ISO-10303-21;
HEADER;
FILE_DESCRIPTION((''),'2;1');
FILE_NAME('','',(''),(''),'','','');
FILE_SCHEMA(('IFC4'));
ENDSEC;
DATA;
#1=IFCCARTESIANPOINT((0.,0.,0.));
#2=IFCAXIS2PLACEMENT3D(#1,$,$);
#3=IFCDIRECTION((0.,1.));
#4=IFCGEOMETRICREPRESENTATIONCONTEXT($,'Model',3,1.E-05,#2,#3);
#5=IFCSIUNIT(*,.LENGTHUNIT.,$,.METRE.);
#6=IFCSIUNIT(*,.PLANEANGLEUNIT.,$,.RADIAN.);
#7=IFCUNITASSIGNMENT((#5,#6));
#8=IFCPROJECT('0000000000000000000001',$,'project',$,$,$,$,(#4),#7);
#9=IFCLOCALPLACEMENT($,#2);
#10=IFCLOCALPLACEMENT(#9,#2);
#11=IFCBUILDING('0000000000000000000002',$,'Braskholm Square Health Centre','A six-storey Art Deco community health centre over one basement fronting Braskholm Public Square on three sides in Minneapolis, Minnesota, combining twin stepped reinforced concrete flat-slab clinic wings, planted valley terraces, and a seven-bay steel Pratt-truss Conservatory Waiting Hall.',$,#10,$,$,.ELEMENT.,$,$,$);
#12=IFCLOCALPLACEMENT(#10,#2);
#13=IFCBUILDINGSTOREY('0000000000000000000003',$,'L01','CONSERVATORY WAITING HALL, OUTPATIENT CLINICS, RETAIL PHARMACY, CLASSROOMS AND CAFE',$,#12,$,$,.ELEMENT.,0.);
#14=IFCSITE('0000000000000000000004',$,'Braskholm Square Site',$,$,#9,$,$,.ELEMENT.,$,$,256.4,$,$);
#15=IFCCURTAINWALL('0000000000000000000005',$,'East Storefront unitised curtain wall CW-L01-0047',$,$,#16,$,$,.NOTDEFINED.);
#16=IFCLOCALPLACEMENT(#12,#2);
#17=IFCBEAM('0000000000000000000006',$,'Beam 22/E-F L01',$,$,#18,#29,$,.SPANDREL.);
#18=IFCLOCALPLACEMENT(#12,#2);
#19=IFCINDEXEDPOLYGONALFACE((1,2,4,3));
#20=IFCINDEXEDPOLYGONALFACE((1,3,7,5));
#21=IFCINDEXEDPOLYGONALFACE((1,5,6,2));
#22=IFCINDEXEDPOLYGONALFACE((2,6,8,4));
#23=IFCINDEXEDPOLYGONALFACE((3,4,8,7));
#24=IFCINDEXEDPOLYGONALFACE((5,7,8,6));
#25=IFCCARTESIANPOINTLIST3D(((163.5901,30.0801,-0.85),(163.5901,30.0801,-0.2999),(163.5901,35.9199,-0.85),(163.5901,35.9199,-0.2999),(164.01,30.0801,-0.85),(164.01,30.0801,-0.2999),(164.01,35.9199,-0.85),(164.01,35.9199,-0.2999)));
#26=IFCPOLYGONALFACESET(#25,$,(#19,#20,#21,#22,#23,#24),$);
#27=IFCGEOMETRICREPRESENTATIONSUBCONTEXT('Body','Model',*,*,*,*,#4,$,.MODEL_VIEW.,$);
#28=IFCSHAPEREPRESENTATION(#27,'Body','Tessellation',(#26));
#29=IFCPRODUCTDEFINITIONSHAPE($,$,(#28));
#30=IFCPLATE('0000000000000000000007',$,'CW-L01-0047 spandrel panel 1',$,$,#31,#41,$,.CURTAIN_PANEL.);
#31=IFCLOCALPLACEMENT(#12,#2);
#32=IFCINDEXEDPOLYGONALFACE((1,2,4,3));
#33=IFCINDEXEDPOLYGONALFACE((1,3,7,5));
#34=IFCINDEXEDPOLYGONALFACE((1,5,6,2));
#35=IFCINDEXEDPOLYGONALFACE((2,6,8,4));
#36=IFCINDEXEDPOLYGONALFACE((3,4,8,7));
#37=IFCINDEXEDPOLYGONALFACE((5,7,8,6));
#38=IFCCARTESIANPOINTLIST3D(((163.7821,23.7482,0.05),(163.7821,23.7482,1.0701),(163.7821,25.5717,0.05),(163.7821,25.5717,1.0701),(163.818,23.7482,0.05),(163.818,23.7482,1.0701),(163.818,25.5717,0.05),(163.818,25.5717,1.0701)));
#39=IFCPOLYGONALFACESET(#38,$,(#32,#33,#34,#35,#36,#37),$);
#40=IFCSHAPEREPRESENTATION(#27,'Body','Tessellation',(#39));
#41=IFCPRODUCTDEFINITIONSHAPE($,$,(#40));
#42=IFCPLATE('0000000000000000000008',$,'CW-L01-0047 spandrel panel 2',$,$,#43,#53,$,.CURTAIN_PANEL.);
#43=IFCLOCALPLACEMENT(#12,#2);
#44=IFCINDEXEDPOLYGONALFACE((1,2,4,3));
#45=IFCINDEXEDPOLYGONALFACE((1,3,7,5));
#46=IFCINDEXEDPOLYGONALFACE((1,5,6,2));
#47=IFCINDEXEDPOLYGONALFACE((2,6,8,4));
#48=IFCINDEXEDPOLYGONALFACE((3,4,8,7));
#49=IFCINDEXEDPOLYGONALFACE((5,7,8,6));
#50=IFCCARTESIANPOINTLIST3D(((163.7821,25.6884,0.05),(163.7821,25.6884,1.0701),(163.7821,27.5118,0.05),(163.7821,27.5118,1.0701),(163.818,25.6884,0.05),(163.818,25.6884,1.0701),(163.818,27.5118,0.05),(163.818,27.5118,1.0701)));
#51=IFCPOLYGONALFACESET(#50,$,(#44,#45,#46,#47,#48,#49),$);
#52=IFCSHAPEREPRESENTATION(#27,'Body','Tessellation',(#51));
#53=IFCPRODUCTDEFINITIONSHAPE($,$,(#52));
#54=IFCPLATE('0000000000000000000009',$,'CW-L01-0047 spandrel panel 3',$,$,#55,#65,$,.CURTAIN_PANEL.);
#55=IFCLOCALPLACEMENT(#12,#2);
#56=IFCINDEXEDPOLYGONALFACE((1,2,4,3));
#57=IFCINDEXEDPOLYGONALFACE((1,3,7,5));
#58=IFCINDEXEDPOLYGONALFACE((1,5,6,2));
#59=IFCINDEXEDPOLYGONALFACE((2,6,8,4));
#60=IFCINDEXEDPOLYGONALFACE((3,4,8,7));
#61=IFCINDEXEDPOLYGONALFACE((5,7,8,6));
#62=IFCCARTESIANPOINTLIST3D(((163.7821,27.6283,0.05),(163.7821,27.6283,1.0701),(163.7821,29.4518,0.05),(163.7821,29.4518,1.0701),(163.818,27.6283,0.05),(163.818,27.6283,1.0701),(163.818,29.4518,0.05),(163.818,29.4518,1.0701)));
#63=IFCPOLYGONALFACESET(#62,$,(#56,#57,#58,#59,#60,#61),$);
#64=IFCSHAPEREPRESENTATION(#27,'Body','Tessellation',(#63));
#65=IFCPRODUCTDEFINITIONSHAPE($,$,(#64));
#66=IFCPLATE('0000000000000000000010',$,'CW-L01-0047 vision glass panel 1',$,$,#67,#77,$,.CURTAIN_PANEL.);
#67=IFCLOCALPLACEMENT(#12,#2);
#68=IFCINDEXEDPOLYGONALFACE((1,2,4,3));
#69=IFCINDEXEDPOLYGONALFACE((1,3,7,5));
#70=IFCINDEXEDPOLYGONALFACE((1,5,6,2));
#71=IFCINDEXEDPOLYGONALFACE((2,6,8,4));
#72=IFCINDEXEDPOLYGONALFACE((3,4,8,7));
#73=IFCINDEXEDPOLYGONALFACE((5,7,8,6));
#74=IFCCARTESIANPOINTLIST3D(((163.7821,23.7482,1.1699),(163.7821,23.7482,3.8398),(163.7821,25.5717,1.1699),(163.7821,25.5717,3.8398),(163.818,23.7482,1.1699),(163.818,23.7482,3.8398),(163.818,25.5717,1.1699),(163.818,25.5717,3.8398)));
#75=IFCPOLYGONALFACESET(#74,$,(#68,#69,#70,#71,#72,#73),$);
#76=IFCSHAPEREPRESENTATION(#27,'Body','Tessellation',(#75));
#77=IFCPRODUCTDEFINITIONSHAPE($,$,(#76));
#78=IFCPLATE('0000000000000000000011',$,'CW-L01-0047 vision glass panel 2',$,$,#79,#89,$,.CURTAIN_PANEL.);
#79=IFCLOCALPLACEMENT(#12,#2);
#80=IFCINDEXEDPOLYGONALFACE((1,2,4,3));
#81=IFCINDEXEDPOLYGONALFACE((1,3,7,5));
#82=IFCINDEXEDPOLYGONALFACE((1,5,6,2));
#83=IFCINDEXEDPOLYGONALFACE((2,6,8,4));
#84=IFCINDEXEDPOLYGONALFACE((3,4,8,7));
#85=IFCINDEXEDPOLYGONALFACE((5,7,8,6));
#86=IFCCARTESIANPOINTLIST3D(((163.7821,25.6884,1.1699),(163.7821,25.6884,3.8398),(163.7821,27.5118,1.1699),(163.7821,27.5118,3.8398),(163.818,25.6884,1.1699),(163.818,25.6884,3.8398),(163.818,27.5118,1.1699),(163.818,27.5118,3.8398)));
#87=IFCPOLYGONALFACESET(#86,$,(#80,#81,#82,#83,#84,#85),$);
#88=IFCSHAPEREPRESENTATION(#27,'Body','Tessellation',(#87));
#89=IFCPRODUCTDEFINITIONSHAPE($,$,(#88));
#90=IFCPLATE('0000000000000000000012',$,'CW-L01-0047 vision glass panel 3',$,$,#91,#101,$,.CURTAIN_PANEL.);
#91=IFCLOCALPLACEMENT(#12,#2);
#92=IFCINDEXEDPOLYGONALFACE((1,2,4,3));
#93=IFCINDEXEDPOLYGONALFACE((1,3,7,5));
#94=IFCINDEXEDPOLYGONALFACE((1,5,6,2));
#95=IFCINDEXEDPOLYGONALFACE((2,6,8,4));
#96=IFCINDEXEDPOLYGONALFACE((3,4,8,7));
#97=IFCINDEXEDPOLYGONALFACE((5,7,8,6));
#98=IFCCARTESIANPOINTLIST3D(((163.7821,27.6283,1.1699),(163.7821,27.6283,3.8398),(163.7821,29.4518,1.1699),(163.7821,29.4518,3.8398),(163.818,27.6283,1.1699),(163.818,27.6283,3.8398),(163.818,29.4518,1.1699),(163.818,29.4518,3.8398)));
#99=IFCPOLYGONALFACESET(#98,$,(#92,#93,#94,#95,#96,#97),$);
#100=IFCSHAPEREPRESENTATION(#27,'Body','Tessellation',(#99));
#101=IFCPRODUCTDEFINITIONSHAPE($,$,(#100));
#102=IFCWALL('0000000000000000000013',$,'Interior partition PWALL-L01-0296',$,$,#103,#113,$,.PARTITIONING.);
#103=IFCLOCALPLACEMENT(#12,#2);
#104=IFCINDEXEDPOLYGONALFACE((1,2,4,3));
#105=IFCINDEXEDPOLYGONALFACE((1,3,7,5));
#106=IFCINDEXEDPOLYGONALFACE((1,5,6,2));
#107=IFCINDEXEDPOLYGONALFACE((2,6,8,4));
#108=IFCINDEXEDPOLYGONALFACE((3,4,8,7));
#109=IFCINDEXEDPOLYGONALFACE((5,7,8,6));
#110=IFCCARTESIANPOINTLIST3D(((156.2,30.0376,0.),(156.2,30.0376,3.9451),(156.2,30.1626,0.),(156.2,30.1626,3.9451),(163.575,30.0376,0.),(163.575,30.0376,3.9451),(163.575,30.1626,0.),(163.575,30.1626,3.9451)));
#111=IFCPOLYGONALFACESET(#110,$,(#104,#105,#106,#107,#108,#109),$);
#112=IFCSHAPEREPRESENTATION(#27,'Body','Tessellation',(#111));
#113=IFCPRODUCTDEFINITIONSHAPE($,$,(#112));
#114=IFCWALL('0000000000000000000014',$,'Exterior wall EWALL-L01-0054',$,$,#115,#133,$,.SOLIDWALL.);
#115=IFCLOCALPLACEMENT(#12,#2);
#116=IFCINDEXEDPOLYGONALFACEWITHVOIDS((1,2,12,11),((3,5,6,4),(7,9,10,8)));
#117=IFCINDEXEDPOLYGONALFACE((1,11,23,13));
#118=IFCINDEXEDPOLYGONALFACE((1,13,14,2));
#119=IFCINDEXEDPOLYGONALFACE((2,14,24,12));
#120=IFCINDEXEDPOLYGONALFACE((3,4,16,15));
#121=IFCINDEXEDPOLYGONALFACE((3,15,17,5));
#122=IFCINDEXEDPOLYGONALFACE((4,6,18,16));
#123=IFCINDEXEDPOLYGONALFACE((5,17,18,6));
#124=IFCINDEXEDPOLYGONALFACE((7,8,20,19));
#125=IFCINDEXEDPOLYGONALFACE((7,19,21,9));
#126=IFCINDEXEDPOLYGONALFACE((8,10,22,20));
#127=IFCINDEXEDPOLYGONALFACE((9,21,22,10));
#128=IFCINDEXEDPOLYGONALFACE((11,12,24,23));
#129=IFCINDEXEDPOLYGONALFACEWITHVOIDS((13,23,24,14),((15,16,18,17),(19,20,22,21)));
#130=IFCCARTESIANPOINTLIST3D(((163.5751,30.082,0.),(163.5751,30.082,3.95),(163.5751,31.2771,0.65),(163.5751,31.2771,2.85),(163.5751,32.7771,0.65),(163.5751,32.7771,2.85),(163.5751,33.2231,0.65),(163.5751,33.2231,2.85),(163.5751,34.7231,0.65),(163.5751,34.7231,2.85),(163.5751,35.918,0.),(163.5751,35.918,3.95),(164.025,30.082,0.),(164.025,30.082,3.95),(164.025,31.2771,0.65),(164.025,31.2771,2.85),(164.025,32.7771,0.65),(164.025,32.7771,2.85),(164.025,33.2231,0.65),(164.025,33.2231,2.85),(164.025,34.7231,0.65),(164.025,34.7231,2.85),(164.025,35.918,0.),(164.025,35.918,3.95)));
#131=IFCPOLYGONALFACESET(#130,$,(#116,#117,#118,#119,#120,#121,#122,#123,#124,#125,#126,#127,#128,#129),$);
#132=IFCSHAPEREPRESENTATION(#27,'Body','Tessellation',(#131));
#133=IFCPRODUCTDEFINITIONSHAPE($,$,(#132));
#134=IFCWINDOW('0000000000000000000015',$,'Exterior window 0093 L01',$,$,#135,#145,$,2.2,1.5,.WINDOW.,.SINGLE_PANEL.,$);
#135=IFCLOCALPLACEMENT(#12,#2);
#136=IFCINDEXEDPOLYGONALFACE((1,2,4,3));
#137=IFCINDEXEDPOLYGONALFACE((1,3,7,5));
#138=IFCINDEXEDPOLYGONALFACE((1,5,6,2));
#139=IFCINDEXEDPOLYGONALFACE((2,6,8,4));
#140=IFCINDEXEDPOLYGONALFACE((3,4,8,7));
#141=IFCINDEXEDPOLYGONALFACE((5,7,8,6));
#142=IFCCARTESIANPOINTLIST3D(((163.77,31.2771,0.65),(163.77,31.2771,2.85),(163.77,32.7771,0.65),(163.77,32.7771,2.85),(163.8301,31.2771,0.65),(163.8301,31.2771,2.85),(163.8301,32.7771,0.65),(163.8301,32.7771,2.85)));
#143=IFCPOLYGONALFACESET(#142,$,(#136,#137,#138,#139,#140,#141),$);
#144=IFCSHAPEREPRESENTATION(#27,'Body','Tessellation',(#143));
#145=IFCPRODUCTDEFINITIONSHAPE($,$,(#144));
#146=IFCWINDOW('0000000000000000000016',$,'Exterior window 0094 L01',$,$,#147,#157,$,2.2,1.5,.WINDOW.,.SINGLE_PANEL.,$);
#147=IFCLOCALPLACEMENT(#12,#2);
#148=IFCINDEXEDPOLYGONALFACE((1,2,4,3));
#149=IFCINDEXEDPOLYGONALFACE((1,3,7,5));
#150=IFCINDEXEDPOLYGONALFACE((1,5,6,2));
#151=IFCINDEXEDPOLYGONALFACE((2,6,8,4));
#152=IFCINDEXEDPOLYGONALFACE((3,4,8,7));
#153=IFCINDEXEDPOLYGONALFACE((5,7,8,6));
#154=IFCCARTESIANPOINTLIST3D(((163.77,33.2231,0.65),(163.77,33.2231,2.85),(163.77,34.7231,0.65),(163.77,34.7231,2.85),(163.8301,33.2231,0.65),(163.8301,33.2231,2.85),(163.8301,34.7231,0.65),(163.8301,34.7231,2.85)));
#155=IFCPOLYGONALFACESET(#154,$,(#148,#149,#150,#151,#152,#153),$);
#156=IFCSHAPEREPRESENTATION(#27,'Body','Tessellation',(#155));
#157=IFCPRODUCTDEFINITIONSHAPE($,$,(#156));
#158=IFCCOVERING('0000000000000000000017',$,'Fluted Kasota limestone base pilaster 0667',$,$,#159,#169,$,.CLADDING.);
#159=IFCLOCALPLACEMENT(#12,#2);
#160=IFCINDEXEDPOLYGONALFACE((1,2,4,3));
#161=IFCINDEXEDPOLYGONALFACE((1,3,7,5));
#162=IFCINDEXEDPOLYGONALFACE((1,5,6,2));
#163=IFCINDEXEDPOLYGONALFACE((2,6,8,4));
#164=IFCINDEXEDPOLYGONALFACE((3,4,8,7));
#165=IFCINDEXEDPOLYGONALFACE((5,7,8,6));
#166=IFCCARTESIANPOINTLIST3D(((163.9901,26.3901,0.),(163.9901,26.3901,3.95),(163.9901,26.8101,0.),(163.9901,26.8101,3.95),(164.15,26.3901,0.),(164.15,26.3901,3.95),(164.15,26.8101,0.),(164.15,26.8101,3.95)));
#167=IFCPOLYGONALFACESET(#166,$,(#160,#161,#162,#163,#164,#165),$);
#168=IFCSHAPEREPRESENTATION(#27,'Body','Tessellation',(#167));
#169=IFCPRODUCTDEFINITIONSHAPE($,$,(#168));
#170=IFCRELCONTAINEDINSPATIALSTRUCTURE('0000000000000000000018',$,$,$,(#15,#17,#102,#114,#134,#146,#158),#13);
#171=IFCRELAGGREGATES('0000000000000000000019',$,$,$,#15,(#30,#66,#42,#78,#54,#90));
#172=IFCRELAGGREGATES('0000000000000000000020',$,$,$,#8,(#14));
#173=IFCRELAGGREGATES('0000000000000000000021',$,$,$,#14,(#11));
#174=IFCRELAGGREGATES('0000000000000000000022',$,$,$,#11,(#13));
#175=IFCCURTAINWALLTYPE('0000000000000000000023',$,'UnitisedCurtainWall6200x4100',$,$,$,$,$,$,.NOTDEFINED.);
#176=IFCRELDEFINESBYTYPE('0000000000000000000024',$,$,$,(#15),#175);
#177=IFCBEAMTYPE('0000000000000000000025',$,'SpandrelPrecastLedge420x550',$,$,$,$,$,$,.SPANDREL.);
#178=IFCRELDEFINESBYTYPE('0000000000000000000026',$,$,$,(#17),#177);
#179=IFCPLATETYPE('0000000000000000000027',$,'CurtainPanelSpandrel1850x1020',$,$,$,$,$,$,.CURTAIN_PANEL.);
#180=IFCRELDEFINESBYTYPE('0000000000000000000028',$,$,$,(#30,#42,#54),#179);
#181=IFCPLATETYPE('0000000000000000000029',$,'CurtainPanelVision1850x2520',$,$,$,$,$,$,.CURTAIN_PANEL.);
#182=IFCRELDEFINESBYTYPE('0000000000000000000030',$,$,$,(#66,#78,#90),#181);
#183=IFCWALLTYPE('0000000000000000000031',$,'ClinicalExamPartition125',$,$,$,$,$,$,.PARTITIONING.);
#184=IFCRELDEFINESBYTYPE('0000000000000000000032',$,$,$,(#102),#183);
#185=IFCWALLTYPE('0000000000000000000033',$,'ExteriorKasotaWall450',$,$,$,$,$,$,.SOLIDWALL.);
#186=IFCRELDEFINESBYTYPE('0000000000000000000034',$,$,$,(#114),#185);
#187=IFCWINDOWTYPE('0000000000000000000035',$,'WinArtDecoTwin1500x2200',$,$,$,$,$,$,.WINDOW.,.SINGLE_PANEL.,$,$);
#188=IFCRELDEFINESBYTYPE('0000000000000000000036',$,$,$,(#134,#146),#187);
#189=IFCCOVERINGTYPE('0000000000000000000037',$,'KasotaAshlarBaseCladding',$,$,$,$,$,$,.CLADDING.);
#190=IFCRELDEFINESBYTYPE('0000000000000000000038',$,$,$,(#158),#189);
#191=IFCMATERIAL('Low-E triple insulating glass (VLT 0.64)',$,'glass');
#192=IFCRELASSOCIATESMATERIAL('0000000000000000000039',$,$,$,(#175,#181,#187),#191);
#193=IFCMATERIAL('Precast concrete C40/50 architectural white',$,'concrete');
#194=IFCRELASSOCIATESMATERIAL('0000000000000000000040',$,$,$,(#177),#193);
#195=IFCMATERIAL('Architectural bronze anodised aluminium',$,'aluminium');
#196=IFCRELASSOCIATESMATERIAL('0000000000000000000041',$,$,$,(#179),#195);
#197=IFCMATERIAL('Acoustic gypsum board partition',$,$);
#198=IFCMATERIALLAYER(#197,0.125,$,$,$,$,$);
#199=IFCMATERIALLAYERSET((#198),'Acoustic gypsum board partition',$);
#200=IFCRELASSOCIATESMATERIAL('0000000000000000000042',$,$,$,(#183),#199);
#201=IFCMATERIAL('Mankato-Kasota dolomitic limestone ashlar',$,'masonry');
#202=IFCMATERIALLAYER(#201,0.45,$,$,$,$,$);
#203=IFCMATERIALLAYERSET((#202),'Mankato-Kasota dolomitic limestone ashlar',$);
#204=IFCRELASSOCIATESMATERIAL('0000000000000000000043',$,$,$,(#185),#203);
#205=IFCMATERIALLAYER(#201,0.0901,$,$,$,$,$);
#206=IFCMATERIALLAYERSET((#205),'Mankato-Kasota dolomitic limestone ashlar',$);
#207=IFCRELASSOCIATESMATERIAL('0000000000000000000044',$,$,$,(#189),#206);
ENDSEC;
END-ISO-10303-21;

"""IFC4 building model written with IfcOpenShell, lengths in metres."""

from ifc_helpers import new_model, si_unit, direction, frame, frame_2d, origin, origin_with_axes, origin_2d, place, context, subcontext, project, spatial, rectangle, extrude, material, layer, layer_set, material_profile, profile_set, type_object, element, fill, aggregate, save


model = new_model("IFC4")

# Units and contexts
model_context = context("Model", 3, precision=1e-05, world=origin(), true_north=direction((0.0, 1.0)))
body_context = subcontext(model_context, "Body", "Model", "MODEL_VIEW")
ifc_project = project(units=[si_unit("LENGTHUNIT", "METRE"), si_unit("PLANEANGLEUNIT", "RADIAN")], contexts=[model_context])

# Site, building, storey
site_placement = place(None, origin())
site = spatial("IfcSite", under=ifc_project, at=site_placement, Name="Braskholm Square Site", CompositionType="ELEMENT", RefElevation=256.4)
building_placement = place(site_placement, origin())
building = spatial("IfcBuilding", under=site, at=building_placement, Name="Braskholm Square Health Centre", Description="A six-storey Art Deco community health centre over one basement fronting Braskholm Public Square on three sides in Minneapolis, Minnesota, combining twin stepped reinforced concrete flat-slab clinic wings, planted valley terraces, and a seven-bay steel Pratt-truss Conservatory Waiting Hall.", CompositionType="ELEMENT")
storey_placement = place(building_placement, origin())
storey = spatial("IfcBuildingStorey", under=building, at=storey_placement, Name="L01", Description="CONSERVATORY WAITING HALL, OUTPATIENT CLINICS, RETAIL PHARMACY, CLASSROOMS AND CAFE", CompositionType="ELEMENT", Elevation=0.0)

# Shared definitions
ifc_material_1 = material(Name="Precast concrete C40/50 architectural white", Category="concrete")

# Curtain wall
ifc_material_2 = material(Name="Low-E triple insulating glass (VLT 0.64)", Category="glass")
curtain_wall_type = type_object("IfcCurtainWallType", Name="UnitisedCurtainWall6200x4100", PredefinedType="NOTDEFINED", material=ifc_material_2)
curtain_wall_placement = place(storey_placement, origin())
curtain_wall = element("IfcCurtainWall", 1, at=curtain_wall_placement, inside=storey, type_object=curtain_wall_type, Name="East Storefront unitised curtain wall CW-L01-0047", PredefinedType="NOTDEFINED")
ifc_material_3 = material(Name="Architectural bronze anodised aluminium", Category="aluminium")

# Beam
ifc_material_profile_1 = material_profile(ifc_material_1, rectangle(XDim=0.4199, YDim=0.55, at=origin_2d()), Name="RCB-420X550")
ifc_profile_set_1 = profile_set([ifc_material_profile_1], Name="Precast concrete C40/50 architectural white")
beam_type_1 = type_object("IfcBeamType", Name="SpandrelPrecastLedge420x550", PredefinedType="SPANDREL", material=ifc_profile_set_1)
beam_1_placement = place(storey_placement, frame((163.8, 30.0801, -0.575), z_axis=(0.0, 1.0, 0.0), x_axis=(-1.0, 0.0, 0.0)))
element("IfcBeam", 2, at=beam_1_placement, inside=storey, type_object=beam_type_1, Name="Beam 22/E-F L01", PredefinedType="SPANDREL", context=body_context, shape_type="SweptSolid", body=[
    extrude(rectangle(XDim=0.4199, YDim=0.55, at=origin_2d()), origin(), (0.0, 0.0, 1.0), 5.8398),
])

# Plates
plate_type_1 = type_object("IfcPlateType", Name="CurtainPanelSpandrel1850x1020", PredefinedType="CURTAIN_PANEL", material=ifc_material_3)
plate_1_placement = place(storey_placement, frame((163.8, 24.6599, 0.05), z_axis=(0.0, 0.0, 1.0), x_axis=(0.0, 1.0, 0.0)))
plate_1 = element("IfcPlate", 3, at=plate_1_placement, type_object=plate_type_1, Name="CW-L01-0047 spandrel panel 1", PredefinedType="CURTAIN_PANEL", context=body_context, shape_type="SweptSolid", body=[
    extrude(rectangle(XDim=1.8235, YDim=0.0359, at=origin_2d()), origin(), (0.0, 0.0, 1.0), 1.02),
])
plate_2_placement = place(storey_placement, frame((163.8, 26.6001, 0.05), z_axis=(0.0, 0.0, 1.0), x_axis=(0.0, 1.0, 0.0)))
plate_2 = element("IfcPlate", 4, at=plate_2_placement, type_object=plate_type_1, Name="CW-L01-0047 spandrel panel 2", PredefinedType="CURTAIN_PANEL", context=body_context, shape_type="SweptSolid", body=[
    extrude(rectangle(XDim=1.8235, YDim=0.0359, at=origin_2d()), origin(), (0.0, 0.0, 1.0), 1.02),
])
plate_3_placement = place(storey_placement, frame((163.8, 28.54, 0.05), z_axis=(0.0, 0.0, 1.0), x_axis=(0.0, 1.0, 0.0)))
plate_3 = element("IfcPlate", 5, at=plate_3_placement, type_object=plate_type_1, Name="CW-L01-0047 spandrel panel 3", PredefinedType="CURTAIN_PANEL", context=body_context, shape_type="SweptSolid", body=[
    extrude(rectangle(XDim=1.8235, YDim=0.0359, at=origin_2d()), origin(), (0.0, 0.0, 1.0), 1.02),
])
plate_type_2 = type_object("IfcPlateType", Name="CurtainPanelVision1850x2520", PredefinedType="CURTAIN_PANEL", material=ifc_material_2)
plate_4_placement = place(storey_placement, frame((163.8, 24.6599, 1.1699), z_axis=(0.0, 0.0, 1.0), x_axis=(0.0, 1.0, 0.0)))
plate_4 = element("IfcPlate", 6, at=plate_4_placement, type_object=plate_type_2, Name="CW-L01-0047 vision glass panel 1", PredefinedType="CURTAIN_PANEL", context=body_context, shape_type="SweptSolid", body=[
    extrude(rectangle(XDim=1.8235, YDim=0.0359, at=origin_2d()), origin(), (0.0, 0.0, 1.0), 2.6699),
])
plate_5_placement = place(storey_placement, frame((163.8, 26.6001, 1.1699), z_axis=(0.0, 0.0, 1.0), x_axis=(0.0, 1.0, 0.0)))
plate_5 = element("IfcPlate", 7, at=plate_5_placement, type_object=plate_type_2, Name="CW-L01-0047 vision glass panel 2", PredefinedType="CURTAIN_PANEL", context=body_context, shape_type="SweptSolid", body=[
    extrude(rectangle(XDim=1.8235, YDim=0.0359, at=origin_2d()), origin(), (0.0, 0.0, 1.0), 2.6699),
])
plate_6_placement = place(storey_placement, frame((163.8, 28.54, 1.1699), z_axis=(0.0, 0.0, 1.0), x_axis=(0.0, 1.0, 0.0)))
plate_6 = element("IfcPlate", 8, at=plate_6_placement, type_object=plate_type_2, Name="CW-L01-0047 vision glass panel 3", PredefinedType="CURTAIN_PANEL", context=body_context, shape_type="SweptSolid", body=[
    extrude(rectangle(XDim=1.8235, YDim=0.0359, at=origin_2d()), origin(), (0.0, 0.0, 1.0), 2.6699),
])
aggregate(curtain_wall, [plate_1, plate_4, plate_2, plate_5, plate_3, plate_6])

# Wall
ifc_material_4 = material(Name="Acoustic gypsum board partition")
ifc_layer_1 = layer(ifc_material_4, 0.125)
ifc_layer_set_1 = layer_set([ifc_layer_1], Name="Acoustic gypsum board partition")
wall_type_1 = type_object("IfcWallType", Name="ClinicalExamPartition125", PredefinedType="PARTITIONING", material=ifc_layer_set_1)
wall_1_placement = place(storey_placement, frame((156.2, 30.1001, 0.0), z_axis=(0.0, 0.0, 1.0), x_axis=(1.0, 0.0, 0.0)))
element("IfcWall", 9, at=wall_1_placement, inside=storey, type_object=wall_type_1, Name="Interior partition PWALL-L01-0296", PredefinedType="PARTITIONING", context=body_context, shape_type="SweptSolid", body=[
    extrude(rectangle(XDim=7.375, YDim=0.125, at=frame_2d((3.6875, 0.0))), origin(), (0.0, 0.0, 1.0), 3.9451),
])

# Wall, openings, windows
ifc_material_5 = material(Name="Mankato-Kasota dolomitic limestone ashlar", Category="masonry")
ifc_layer_2 = layer(ifc_material_5, 0.45)
ifc_layer_set_2 = layer_set([ifc_layer_2], Name="Mankato-Kasota dolomitic limestone ashlar")
wall_type_2 = type_object("IfcWallType", Name="ExteriorKasotaWall450", PredefinedType="SOLIDWALL", material=ifc_layer_set_2)
wall_2_placement = place(storey_placement, frame((163.8, 30.082, 0.0), z_axis=(0.0, 0.0, 1.0), x_axis=(0.0, 1.0, 0.0)))
wall_2 = element("IfcWall", 10, at=wall_2_placement, inside=storey, type_object=wall_type_2, Name="Exterior wall EWALL-L01-0054", PredefinedType="SOLIDWALL", context=body_context, shape_type="SweptSolid", body=[
    extrude(rectangle(XDim=5.8359, YDim=0.45, at=frame_2d((2.918, 0.0))), origin(), (0.0, 0.0, 1.0), 3.95),
])
opening_1_placement = place(wall_2_placement, frame((1.1951, 0.0, 0.6499)))
opening_1 = element("IfcOpeningElement", 11, at=opening_1_placement, cuts=wall_2, PredefinedType="OPENING", context=body_context, shape_type="SweptSolid", body=[
    extrude(rectangle(XDim=1.5, YDim=2.2, at=frame_2d((0.75, 1.1001))), frame((0.0, 0.2349, 0.0), z_axis=(0.0, -1.0, 0.0), x_axis=(1.0, 0.0, 0.0)), (0.0, 0.0, 1.0), 0.47),
])
opening_2_placement = place(wall_2_placement, frame((3.1411, 0.0, 0.6499)))
opening_2 = element("IfcOpeningElement", 12, at=opening_2_placement, cuts=wall_2, PredefinedType="OPENING", context=body_context, shape_type="SweptSolid", body=[
    extrude(rectangle(XDim=1.5, YDim=2.2, at=frame_2d((0.75, 1.1001))), frame((0.0, 0.2349, 0.0), z_axis=(0.0, -1.0, 0.0), x_axis=(1.0, 0.0, 0.0)), (0.0, 0.0, 1.0), 0.47),
])
window_type = type_object("IfcWindowType", Name="WinArtDecoTwin1500x2200", PartitioningType="SINGLE_PANEL", PredefinedType="WINDOW", material=ifc_material_2)
window_1_placement = place(opening_1_placement, origin_with_axes())
window_1 = element("IfcWindow", 13, at=window_1_placement, inside=storey, type_object=window_type, Name="Exterior window 0093 L01", OverallHeight=2.2, OverallWidth=1.5, PartitioningType="SINGLE_PANEL", PredefinedType="WINDOW", context=body_context, shape_type="SweptSolid", body=[
    extrude(rectangle(XDim=1.5, YDim=2.2, at=frame_2d((0.75, 1.1001))), frame((0.0, 0.03, 0.0), z_axis=(0.0, -1.0, 0.0), x_axis=(1.0, 0.0, 0.0)), (0.0, 0.0, 1.0), 0.0601),
])
fill(opening_1, window_1)
window_2_placement = place(opening_2_placement, origin_with_axes())
window_2 = element("IfcWindow", 14, at=window_2_placement, inside=storey, type_object=window_type, Name="Exterior window 0094 L01", OverallHeight=2.2, OverallWidth=1.5, PartitioningType="SINGLE_PANEL", PredefinedType="WINDOW", context=body_context, shape_type="SweptSolid", body=[
    extrude(rectangle(XDim=1.5, YDim=2.2, at=frame_2d((0.75, 1.1001))), frame((0.0, 0.03, 0.0), z_axis=(0.0, -1.0, 0.0), x_axis=(1.0, 0.0, 0.0)), (0.0, 0.0, 1.0), 0.0601),
])
fill(opening_2, window_2)

# Covering
ifc_layer_3 = layer(ifc_material_5, 0.0901)
ifc_layer_set_3 = layer_set([ifc_layer_3], Name="Mankato-Kasota dolomitic limestone ashlar")
covering_type_1 = type_object("IfcCoveringType", Name="KasotaAshlarBaseCladding", PredefinedType="CLADDING", material=ifc_layer_set_3)
covering_placement = place(storey_placement, frame((164.0701, 26.6001, 0.0), z_axis=(0.0, 0.0, 1.0), x_axis=(1.0, 0.0, 0.0)))
element("IfcCovering", 15, at=covering_placement, inside=storey, type_object=covering_type_1, Name="Fluted Kasota limestone base pilaster 0667", PredefinedType="CLADDING", context=body_context, shape_type="SweptSolid", body=[
    extrude(rectangle(XDim=0.1599, YDim=0.4199, at=origin_2d()), origin(), (0.0, 0.0, 1.0), 3.95),
])

save(model, "model.ifc")
